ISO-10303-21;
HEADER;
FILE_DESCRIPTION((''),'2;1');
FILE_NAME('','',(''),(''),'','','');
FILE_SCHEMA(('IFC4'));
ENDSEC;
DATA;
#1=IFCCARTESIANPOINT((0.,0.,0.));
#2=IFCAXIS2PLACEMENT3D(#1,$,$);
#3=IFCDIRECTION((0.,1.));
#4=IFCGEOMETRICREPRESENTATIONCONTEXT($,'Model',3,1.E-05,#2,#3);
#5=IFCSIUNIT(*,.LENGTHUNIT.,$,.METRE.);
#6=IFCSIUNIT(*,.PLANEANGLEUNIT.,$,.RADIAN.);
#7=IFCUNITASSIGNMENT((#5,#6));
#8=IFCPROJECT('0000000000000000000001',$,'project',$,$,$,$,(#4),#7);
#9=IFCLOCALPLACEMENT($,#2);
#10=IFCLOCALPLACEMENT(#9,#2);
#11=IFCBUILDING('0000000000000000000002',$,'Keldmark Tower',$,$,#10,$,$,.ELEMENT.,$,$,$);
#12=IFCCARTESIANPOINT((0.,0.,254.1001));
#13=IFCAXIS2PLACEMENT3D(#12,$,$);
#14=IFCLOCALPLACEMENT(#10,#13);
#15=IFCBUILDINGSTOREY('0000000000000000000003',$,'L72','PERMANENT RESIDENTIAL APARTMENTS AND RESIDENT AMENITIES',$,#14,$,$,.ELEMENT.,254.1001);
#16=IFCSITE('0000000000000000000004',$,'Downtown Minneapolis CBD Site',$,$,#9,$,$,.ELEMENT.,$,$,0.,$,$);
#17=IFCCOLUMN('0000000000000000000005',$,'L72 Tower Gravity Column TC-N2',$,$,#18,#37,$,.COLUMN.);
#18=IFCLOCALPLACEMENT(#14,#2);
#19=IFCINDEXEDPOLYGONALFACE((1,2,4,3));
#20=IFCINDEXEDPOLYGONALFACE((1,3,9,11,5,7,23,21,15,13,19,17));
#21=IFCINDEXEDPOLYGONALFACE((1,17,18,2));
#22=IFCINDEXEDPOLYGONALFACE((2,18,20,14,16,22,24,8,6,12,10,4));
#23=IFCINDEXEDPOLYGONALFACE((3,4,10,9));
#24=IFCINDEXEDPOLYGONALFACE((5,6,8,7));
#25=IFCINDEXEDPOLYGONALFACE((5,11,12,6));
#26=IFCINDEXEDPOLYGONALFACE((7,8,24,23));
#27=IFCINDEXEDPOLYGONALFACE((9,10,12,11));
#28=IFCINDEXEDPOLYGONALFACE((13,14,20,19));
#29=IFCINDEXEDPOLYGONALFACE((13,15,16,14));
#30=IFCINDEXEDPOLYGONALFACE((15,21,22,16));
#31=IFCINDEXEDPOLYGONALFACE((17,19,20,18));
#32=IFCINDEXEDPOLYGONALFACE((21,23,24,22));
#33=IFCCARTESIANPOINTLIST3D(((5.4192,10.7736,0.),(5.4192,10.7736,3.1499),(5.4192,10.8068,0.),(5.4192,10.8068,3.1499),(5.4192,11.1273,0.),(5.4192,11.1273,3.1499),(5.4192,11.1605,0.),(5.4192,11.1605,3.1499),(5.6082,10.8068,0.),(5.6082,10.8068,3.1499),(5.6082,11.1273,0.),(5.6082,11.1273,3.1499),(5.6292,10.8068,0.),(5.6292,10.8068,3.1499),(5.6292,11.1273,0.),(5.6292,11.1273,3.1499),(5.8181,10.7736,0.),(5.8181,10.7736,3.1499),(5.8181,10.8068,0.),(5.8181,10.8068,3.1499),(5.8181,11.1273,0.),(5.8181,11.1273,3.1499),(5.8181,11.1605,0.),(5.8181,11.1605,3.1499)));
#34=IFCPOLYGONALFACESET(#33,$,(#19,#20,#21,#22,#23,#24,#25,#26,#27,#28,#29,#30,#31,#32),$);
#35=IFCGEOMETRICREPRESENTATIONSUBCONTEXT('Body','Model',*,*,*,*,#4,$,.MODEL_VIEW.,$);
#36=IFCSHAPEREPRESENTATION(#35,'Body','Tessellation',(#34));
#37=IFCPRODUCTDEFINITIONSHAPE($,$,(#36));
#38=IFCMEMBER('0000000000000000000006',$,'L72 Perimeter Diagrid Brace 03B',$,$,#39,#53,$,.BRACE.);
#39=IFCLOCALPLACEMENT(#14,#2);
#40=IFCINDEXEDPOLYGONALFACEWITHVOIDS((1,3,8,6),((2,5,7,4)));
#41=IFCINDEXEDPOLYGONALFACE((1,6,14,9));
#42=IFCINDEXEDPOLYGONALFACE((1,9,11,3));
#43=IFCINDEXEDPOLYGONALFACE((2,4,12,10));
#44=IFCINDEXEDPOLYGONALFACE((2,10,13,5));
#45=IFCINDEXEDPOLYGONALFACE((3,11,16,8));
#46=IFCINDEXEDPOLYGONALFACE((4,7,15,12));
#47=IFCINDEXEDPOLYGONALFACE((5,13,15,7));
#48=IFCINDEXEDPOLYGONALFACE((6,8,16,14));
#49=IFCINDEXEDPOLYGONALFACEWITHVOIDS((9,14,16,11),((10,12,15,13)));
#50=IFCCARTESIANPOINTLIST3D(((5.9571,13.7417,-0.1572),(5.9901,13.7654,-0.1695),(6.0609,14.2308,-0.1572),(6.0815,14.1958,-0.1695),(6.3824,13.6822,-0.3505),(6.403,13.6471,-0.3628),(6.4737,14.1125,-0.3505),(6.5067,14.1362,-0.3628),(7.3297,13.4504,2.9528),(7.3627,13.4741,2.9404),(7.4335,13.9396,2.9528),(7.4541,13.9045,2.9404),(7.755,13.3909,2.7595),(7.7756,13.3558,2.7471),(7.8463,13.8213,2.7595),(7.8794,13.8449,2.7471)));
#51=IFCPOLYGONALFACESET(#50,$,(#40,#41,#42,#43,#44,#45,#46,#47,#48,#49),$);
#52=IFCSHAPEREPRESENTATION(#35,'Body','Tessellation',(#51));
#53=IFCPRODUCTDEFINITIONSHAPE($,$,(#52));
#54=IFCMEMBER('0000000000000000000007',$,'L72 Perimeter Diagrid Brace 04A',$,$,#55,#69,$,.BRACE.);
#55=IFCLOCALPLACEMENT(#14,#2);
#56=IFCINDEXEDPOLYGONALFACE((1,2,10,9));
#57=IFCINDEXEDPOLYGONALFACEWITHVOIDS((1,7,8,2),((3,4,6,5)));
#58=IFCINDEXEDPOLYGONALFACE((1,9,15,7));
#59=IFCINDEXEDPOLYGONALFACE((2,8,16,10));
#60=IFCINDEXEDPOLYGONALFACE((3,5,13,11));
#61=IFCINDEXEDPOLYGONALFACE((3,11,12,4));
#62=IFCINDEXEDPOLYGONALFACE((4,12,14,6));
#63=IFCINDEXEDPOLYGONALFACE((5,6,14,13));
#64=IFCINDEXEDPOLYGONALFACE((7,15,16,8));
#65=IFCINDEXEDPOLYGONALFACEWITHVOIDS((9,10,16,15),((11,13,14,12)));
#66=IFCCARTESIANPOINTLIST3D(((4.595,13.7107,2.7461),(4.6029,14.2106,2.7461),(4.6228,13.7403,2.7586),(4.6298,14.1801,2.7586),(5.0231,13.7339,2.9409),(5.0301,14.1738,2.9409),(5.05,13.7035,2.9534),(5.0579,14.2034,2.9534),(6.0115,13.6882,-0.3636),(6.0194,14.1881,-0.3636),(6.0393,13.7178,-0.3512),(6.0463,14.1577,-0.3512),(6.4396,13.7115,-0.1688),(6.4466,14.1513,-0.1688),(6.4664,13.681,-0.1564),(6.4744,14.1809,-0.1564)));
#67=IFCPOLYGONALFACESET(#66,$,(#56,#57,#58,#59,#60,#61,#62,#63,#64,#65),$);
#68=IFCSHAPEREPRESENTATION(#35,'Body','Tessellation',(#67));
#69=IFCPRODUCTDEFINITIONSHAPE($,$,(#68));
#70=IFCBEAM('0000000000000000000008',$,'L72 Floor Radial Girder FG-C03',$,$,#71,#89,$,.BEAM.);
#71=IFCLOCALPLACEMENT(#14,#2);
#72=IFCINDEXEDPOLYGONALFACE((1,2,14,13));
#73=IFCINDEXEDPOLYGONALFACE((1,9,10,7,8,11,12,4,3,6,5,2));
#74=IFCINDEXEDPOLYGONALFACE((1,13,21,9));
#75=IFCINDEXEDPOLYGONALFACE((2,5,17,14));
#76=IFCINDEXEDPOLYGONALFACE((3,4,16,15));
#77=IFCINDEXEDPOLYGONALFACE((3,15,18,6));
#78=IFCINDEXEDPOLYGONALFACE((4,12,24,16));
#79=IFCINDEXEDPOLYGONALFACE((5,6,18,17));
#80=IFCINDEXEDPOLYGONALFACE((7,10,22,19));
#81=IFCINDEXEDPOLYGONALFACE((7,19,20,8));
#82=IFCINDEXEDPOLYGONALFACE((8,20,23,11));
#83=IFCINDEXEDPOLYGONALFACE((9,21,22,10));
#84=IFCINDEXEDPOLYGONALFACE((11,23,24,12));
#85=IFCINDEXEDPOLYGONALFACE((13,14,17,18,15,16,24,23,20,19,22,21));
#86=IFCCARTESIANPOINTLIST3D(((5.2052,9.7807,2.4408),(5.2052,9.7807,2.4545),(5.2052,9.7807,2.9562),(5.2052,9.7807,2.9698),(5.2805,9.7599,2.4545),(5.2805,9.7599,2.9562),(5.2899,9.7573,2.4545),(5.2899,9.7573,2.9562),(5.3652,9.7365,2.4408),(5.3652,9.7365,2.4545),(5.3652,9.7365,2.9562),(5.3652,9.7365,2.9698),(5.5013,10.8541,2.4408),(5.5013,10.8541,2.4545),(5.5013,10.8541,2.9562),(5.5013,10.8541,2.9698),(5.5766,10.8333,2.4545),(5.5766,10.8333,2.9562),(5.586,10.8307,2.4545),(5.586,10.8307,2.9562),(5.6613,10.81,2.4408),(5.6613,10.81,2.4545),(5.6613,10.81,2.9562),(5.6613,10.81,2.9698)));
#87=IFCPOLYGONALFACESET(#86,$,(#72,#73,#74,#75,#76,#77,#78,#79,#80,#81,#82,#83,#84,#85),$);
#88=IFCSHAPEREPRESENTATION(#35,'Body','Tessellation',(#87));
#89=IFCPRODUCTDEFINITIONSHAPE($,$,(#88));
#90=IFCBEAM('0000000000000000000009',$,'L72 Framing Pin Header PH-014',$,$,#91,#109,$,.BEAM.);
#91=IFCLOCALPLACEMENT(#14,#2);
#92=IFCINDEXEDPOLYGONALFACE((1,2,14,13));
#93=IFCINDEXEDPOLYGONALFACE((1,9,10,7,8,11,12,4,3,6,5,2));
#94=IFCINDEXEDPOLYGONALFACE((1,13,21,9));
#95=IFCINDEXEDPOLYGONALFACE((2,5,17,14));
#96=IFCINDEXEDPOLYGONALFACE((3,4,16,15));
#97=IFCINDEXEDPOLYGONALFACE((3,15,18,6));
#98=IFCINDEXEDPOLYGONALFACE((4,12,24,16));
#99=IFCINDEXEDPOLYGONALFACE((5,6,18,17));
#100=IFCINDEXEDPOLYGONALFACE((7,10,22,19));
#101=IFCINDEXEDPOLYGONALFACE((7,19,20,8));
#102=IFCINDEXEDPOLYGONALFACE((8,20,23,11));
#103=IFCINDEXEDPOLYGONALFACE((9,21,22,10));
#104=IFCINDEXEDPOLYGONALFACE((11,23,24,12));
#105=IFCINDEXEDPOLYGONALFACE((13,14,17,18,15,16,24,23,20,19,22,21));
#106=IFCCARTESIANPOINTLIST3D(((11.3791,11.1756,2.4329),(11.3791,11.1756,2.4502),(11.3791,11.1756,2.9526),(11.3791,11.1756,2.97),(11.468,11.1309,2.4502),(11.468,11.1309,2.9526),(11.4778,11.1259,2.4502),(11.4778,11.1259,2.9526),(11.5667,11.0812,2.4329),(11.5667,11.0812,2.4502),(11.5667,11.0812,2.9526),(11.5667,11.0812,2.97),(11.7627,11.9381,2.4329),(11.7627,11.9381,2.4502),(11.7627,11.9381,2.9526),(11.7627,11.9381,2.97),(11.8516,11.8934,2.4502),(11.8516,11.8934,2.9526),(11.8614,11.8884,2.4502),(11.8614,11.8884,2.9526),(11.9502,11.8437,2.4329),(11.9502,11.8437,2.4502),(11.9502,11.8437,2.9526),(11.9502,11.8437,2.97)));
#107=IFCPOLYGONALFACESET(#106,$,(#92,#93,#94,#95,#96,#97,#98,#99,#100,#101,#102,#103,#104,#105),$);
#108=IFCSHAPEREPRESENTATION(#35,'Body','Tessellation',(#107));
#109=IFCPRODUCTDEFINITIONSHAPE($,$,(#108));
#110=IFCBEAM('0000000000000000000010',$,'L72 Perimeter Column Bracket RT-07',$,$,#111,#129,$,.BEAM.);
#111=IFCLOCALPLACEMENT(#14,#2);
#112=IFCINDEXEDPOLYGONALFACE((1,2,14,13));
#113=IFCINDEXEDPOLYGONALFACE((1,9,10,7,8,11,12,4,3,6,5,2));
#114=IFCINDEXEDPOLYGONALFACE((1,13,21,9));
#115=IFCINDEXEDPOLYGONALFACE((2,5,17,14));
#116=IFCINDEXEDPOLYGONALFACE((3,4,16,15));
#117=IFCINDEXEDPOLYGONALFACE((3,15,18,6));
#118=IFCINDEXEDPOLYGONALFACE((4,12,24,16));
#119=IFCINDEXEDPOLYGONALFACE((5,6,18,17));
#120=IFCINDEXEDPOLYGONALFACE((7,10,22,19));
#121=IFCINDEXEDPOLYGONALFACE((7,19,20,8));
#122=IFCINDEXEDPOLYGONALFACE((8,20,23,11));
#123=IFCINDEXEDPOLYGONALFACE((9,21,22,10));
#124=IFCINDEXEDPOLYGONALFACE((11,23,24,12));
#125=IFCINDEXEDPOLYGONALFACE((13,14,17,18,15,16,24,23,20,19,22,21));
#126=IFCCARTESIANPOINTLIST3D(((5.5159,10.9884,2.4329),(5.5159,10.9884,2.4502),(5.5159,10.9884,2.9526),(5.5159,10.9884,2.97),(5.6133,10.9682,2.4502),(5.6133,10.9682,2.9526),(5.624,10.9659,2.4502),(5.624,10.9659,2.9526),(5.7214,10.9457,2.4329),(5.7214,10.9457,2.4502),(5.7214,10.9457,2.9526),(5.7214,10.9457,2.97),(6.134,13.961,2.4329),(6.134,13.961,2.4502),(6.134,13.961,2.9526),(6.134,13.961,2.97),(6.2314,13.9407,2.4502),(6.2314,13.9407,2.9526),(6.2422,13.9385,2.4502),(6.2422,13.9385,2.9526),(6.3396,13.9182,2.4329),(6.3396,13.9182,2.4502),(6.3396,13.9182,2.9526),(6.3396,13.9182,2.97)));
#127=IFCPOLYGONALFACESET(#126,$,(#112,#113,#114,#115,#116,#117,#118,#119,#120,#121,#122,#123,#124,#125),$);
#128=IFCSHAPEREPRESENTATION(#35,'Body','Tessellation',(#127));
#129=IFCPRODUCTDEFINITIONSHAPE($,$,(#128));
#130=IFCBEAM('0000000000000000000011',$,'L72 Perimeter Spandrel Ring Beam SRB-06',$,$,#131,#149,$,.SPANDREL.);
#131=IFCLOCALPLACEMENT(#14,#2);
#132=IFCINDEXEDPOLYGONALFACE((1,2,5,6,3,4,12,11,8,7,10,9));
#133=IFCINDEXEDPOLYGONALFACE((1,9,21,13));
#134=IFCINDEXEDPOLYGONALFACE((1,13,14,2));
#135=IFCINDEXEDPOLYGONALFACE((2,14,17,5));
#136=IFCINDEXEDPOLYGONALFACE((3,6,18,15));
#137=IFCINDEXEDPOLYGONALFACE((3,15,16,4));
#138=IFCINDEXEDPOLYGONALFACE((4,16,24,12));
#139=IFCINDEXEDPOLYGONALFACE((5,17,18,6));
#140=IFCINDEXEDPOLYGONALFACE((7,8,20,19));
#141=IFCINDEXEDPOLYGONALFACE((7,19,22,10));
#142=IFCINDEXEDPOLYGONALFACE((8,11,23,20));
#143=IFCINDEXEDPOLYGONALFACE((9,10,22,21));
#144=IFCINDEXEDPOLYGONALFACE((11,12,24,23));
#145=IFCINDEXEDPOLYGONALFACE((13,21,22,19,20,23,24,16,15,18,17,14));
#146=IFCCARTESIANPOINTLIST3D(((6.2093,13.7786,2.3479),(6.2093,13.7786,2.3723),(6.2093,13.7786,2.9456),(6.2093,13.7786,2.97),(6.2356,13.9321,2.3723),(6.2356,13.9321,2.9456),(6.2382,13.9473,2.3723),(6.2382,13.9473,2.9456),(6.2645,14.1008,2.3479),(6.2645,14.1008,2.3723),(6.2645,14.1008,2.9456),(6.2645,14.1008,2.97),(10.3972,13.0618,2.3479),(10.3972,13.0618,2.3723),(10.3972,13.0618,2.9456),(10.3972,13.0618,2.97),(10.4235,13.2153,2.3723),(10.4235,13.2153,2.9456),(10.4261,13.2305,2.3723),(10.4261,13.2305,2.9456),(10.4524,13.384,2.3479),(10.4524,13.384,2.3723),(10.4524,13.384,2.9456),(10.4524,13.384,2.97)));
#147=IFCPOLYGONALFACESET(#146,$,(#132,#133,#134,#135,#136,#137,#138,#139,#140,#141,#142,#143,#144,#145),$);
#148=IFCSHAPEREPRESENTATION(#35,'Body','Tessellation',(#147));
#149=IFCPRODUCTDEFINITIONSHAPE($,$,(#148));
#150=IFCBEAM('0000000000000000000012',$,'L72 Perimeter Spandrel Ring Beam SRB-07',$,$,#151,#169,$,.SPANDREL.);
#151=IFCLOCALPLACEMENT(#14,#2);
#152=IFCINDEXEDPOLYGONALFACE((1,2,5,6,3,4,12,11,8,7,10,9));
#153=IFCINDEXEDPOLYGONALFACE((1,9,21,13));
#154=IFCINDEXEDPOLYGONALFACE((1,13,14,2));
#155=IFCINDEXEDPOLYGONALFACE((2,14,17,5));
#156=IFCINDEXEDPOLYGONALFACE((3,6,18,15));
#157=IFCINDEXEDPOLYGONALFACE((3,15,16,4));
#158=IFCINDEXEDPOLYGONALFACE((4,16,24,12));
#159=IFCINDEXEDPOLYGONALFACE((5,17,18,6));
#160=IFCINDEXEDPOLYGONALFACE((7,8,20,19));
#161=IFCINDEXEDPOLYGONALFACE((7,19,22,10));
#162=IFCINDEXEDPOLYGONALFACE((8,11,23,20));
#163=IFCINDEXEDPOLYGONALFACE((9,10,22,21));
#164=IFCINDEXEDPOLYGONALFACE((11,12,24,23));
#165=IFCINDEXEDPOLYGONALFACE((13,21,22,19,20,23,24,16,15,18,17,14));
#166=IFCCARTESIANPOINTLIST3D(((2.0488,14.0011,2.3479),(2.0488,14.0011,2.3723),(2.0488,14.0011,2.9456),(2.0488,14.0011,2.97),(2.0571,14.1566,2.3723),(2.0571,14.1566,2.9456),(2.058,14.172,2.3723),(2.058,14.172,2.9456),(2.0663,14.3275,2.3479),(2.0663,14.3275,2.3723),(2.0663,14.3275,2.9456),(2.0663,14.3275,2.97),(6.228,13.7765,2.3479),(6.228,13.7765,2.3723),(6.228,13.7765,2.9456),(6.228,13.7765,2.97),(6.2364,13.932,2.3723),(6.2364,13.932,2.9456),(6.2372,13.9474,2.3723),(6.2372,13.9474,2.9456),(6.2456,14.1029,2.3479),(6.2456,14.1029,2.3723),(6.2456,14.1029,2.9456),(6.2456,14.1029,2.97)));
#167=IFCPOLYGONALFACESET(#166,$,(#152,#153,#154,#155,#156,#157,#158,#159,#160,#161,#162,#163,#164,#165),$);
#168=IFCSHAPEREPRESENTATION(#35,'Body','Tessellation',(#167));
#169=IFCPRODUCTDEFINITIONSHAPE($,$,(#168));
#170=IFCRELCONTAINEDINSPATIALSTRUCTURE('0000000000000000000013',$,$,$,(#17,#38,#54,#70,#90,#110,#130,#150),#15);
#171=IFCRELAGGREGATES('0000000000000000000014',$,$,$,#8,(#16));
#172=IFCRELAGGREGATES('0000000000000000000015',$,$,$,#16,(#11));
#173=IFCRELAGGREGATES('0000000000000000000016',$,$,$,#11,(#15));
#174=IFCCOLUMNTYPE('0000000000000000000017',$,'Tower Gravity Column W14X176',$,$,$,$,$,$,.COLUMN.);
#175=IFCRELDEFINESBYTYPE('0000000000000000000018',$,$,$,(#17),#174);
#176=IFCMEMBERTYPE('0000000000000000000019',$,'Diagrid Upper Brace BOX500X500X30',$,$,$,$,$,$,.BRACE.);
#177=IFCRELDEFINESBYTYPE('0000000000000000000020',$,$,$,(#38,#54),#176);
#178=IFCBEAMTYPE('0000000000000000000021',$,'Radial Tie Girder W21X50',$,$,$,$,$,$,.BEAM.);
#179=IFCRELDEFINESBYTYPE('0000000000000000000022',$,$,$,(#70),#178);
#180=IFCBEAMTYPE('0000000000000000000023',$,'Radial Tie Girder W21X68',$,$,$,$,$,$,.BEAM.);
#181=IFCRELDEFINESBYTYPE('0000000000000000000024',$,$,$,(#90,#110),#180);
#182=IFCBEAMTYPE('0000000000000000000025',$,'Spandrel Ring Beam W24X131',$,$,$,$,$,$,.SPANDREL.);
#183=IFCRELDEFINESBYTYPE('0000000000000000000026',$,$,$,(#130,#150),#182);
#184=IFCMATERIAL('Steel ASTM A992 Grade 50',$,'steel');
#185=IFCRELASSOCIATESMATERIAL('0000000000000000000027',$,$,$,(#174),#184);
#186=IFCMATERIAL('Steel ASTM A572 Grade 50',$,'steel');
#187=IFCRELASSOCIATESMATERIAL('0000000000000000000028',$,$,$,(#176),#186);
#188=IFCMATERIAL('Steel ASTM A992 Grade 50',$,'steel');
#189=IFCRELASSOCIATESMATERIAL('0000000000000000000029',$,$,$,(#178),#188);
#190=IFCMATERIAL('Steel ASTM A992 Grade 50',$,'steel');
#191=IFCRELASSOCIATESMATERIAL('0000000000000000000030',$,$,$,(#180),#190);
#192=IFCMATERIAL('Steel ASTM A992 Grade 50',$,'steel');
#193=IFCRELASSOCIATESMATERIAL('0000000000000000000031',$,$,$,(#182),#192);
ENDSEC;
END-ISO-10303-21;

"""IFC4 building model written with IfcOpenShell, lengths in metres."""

from ifc_helpers import new_model, si_unit, direction, frame, origin, origin_2d, place, context, subcontext, project, spatial, hollow_rectangle, i_section, extrude, material, material_profile, profile_set, type_object, element, save


model = new_model("IFC4")

# Units and contexts
model_context = context("Model", 3, precision=1e-05, world=origin(), true_north=direction((0.0, 1.0)))
body_context = subcontext(model_context, "Body", "Model", "MODEL_VIEW")
ifc_project = project(units=[si_unit("LENGTHUNIT", "METRE"), si_unit("PLANEANGLEUNIT", "RADIAN")], contexts=[model_context])

# Site, building, storey
site_placement = place(None, origin())
site = spatial("IfcSite", under=ifc_project, at=site_placement, Name="Downtown Minneapolis CBD Site", CompositionType="ELEMENT", RefElevation=0.0)
building_placement = place(site_placement, origin())
building = spatial("IfcBuilding", under=site, at=building_placement, Name="Keldmark Tower", CompositionType="ELEMENT")
storey_placement = place(building_placement, frame((0.0, 0.0, 254.1001)))
storey = spatial("IfcBuildingStorey", under=building, at=storey_placement, Name="L72", Description="PERMANENT RESIDENTIAL APARTMENTS AND RESIDENT AMENITIES", CompositionType="ELEMENT", Elevation=254.1001)

# Column
ifc_material_1 = material(Name="Steel ASTM A992 Grade 50", Category="steel")
ifc_material_profile_1 = material_profile(ifc_material_1, i_section(OverallWidth=0.3989, OverallDepth=0.387, WebThickness=0.021, FlangeThickness=0.0332, at=origin_2d()), Name="W14X176")
ifc_profile_set_1 = profile_set([ifc_material_profile_1], Name="Steel ASTM A992 Grade 50")
column_type = type_object("IfcColumnType", Name="Tower Gravity Column W14X176", PredefinedType="COLUMN", material=ifc_profile_set_1)
column_placement = place(storey_placement, frame((5.6187, 10.967, 0.0), z_axis=(0.0, 0.0, 1.0), x_axis=(1.0, 0.0, 0.0)))
element("IfcColumn", 1, at=column_placement, inside=storey, type_object=column_type, Name="L72 Tower Gravity Column TC-N2", PredefinedType="COLUMN", context=body_context, shape_type="SweptSolid", body=[
    extrude(i_section(OverallWidth=0.3989, OverallDepth=0.387, WebThickness=0.021, FlangeThickness=0.0332, at=origin_2d()), origin(), (0.0, 0.0, 1.0), 3.1499),
])

# Members
ifc_material_2 = material(Name="Steel ASTM A572 Grade 50", Category="steel")
ifc_material_profile_2 = material_profile(ifc_material_2, hollow_rectangle(XDim=0.5, YDim=0.5, WallThickness=0.03, at=origin_2d()), Name="BOX500X500X30")
ifc_profile_set_2 = profile_set([ifc_material_profile_2], Name="Steel ASTM A572 Grade 50")
member_type = type_object("IfcMemberType", Name="Diagrid Upper Brace BOX500X500X30", PredefinedType="BRACE", material=ifc_profile_set_2)
member_1_placement = place(storey_placement, frame((6.2319, 13.939, -0.26), z_axis=(0.402304, -0.08537, 0.911517), x_axis=(0.20758, 0.978218, 0.0)))
element("IfcMember", 2, at=member_1_placement, inside=storey, type_object=member_type, Name="L72 Perimeter Diagrid Brace 03B", PredefinedType="BRACE", context=body_context, shape_type="SweptSolid", body=[
    extrude(hollow_rectangle(XDim=0.5, YDim=0.5, WallThickness=0.03, at=origin_2d()), origin(), (0.0, 0.0, 1.0), 3.4119),
])
member_2_placement = place(storey_placement, frame((6.2429, 13.9346, -0.26), z_axis=(-0.414504, 0.006573, 0.910024), x_axis=(-0.015855, -0.999874, 0.0)))
element("IfcMember", 3, at=member_2_placement, inside=storey, type_object=member_type, Name="L72 Perimeter Diagrid Brace 04A", PredefinedType="BRACE", context=body_context, shape_type="SweptSolid", body=[
    extrude(hollow_rectangle(XDim=0.5, YDim=0.5, WallThickness=0.03, at=origin_2d()), origin(), (0.0, 0.0, 1.0), 3.4172),
])

# Beams
ifc_material_3 = material(Name="Steel ASTM A992 Grade 50", Category="steel")
ifc_material_profile_3 = material_profile(ifc_material_3, i_section(OverallWidth=0.166, OverallDepth=0.5291, WebThickness=0.0098, FlangeThickness=0.0137, at=origin_2d()), Name="W21X50")
ifc_profile_set_3 = profile_set([ifc_material_profile_3], Name="Steel ASTM A992 Grade 50")
beam_type_1 = type_object("IfcBeamType", Name="Radial Tie Girder W21X50", PredefinedType="BEAM", material=ifc_profile_set_3)
beam_1_placement = place(storey_placement, frame((5.5813, 10.832, 2.7053), z_axis=(-0.265936, -0.963991, 0.0), x_axis=(0.963991, -0.265936, 0.0)))
element("IfcBeam", 4, at=beam_1_placement, inside=storey, type_object=beam_type_1, Name="L72 Floor Radial Girder FG-C03", PredefinedType="BEAM", context=body_context, shape_type="SweptSolid", body=[
    extrude(i_section(OverallWidth=0.166, OverallDepth=0.5291, WebThickness=0.0098, FlangeThickness=0.0137, at=origin_2d()), origin(), (0.0, 0.0, 1.0), 1.1135),
])
ifc_material_4 = material(Name="Steel ASTM A992 Grade 50", Category="steel")
ifc_material_profile_4 = material_profile(ifc_material_4, i_section(OverallWidth=0.21, OverallDepth=0.5371, WebThickness=0.011, FlangeThickness=0.0173, at=origin_2d()), Name="W21X68")
ifc_profile_set_4 = profile_set([ifc_material_profile_4], Name="Steel ASTM A992 Grade 50")
beam_type_2 = type_object("IfcBeamType", Name="Radial Tie Girder W21X68", PredefinedType="BEAM", material=ifc_profile_set_4)
beam_2_placement = place(storey_placement, frame((11.4729, 11.1284, 2.7014), z_axis=(0.449386, 0.893338, 0.0), x_axis=(-0.893338, 0.449386, 0.0)))
element("IfcBeam", 5, at=beam_2_placement, inside=storey, type_object=beam_type_2, Name="L72 Framing Pin Header PH-014", PredefinedType="BEAM", context=body_context, shape_type="SweptSolid", body=[
    extrude(i_section(OverallWidth=0.21, OverallDepth=0.5371, WebThickness=0.011, FlangeThickness=0.0173, at=origin_2d()), origin(), (0.0, 0.0, 1.0), 0.8535),
])
beam_3_placement = place(storey_placement, frame((5.6187, 10.967, 2.7014), z_axis=(0.203595, 0.979055, 0.0), x_axis=(-0.979055, 0.203595, 0.0)))
element("IfcBeam", 6, at=beam_3_placement, inside=storey, type_object=beam_type_2, Name="L72 Perimeter Column Bracket RT-07", PredefinedType="BEAM", context=body_context, shape_type="SweptSolid", body=[
    extrude(i_section(OverallWidth=0.21, OverallDepth=0.5371, WebThickness=0.011, FlangeThickness=0.0173, at=origin_2d()), origin(), (0.0, 0.0, 1.0), 3.0361),
])
ifc_material_5 = material(Name="Steel ASTM A992 Grade 50", Category="steel")
ifc_material_profile_5 = material_profile(ifc_material_5, i_section(OverallWidth=0.3269, OverallDepth=0.6221, WebThickness=0.0154, FlangeThickness=0.0244, at=origin_2d()), Name="W24X131")
ifc_profile_set_5 = profile_set([ifc_material_profile_5], Name="Steel ASTM A992 Grade 50")
beam_type_3 = type_object("IfcBeamType", Name="Spandrel Ring Beam W24X131", PredefinedType="SPANDREL", material=ifc_profile_set_5)
beam_4_placement = place(storey_placement, frame((10.4248, 13.2229, 2.6589), z_axis=(-0.985667, 0.168702, 0.0), x_axis=(-0.168702, -0.985667, 0.0)))
element("IfcBeam", 7, at=beam_4_placement, inside=storey, type_object=beam_type_3, Name="L72 Perimeter Spandrel Ring Beam SRB-06", PredefinedType="SPANDREL", context=body_context, shape_type="SweptSolid", body=[
    extrude(i_section(OverallWidth=0.3269, OverallDepth=0.6221, WebThickness=0.0154, FlangeThickness=0.0244, at=origin_2d()), origin(), (0.0, 0.0, 1.0), 4.2488),
])
beam_5_placement = place(storey_placement, frame((6.2368, 13.9397, 2.6589), z_axis=(-0.998559, 0.053667, 0.0), x_axis=(-0.053667, -0.998559, 0.0)))
element("IfcBeam", 8, at=beam_5_placement, inside=storey, type_object=beam_type_3, Name="L72 Perimeter Spandrel Ring Beam SRB-07", PredefinedType="SPANDREL", context=body_context, shape_type="SweptSolid", body=[
    extrude(i_section(OverallWidth=0.3269, OverallDepth=0.6221, WebThickness=0.0154, FlangeThickness=0.0244, at=origin_2d()), origin(), (0.0, 0.0, 1.0), 4.1853),
])

save(model, "model.ifc")
